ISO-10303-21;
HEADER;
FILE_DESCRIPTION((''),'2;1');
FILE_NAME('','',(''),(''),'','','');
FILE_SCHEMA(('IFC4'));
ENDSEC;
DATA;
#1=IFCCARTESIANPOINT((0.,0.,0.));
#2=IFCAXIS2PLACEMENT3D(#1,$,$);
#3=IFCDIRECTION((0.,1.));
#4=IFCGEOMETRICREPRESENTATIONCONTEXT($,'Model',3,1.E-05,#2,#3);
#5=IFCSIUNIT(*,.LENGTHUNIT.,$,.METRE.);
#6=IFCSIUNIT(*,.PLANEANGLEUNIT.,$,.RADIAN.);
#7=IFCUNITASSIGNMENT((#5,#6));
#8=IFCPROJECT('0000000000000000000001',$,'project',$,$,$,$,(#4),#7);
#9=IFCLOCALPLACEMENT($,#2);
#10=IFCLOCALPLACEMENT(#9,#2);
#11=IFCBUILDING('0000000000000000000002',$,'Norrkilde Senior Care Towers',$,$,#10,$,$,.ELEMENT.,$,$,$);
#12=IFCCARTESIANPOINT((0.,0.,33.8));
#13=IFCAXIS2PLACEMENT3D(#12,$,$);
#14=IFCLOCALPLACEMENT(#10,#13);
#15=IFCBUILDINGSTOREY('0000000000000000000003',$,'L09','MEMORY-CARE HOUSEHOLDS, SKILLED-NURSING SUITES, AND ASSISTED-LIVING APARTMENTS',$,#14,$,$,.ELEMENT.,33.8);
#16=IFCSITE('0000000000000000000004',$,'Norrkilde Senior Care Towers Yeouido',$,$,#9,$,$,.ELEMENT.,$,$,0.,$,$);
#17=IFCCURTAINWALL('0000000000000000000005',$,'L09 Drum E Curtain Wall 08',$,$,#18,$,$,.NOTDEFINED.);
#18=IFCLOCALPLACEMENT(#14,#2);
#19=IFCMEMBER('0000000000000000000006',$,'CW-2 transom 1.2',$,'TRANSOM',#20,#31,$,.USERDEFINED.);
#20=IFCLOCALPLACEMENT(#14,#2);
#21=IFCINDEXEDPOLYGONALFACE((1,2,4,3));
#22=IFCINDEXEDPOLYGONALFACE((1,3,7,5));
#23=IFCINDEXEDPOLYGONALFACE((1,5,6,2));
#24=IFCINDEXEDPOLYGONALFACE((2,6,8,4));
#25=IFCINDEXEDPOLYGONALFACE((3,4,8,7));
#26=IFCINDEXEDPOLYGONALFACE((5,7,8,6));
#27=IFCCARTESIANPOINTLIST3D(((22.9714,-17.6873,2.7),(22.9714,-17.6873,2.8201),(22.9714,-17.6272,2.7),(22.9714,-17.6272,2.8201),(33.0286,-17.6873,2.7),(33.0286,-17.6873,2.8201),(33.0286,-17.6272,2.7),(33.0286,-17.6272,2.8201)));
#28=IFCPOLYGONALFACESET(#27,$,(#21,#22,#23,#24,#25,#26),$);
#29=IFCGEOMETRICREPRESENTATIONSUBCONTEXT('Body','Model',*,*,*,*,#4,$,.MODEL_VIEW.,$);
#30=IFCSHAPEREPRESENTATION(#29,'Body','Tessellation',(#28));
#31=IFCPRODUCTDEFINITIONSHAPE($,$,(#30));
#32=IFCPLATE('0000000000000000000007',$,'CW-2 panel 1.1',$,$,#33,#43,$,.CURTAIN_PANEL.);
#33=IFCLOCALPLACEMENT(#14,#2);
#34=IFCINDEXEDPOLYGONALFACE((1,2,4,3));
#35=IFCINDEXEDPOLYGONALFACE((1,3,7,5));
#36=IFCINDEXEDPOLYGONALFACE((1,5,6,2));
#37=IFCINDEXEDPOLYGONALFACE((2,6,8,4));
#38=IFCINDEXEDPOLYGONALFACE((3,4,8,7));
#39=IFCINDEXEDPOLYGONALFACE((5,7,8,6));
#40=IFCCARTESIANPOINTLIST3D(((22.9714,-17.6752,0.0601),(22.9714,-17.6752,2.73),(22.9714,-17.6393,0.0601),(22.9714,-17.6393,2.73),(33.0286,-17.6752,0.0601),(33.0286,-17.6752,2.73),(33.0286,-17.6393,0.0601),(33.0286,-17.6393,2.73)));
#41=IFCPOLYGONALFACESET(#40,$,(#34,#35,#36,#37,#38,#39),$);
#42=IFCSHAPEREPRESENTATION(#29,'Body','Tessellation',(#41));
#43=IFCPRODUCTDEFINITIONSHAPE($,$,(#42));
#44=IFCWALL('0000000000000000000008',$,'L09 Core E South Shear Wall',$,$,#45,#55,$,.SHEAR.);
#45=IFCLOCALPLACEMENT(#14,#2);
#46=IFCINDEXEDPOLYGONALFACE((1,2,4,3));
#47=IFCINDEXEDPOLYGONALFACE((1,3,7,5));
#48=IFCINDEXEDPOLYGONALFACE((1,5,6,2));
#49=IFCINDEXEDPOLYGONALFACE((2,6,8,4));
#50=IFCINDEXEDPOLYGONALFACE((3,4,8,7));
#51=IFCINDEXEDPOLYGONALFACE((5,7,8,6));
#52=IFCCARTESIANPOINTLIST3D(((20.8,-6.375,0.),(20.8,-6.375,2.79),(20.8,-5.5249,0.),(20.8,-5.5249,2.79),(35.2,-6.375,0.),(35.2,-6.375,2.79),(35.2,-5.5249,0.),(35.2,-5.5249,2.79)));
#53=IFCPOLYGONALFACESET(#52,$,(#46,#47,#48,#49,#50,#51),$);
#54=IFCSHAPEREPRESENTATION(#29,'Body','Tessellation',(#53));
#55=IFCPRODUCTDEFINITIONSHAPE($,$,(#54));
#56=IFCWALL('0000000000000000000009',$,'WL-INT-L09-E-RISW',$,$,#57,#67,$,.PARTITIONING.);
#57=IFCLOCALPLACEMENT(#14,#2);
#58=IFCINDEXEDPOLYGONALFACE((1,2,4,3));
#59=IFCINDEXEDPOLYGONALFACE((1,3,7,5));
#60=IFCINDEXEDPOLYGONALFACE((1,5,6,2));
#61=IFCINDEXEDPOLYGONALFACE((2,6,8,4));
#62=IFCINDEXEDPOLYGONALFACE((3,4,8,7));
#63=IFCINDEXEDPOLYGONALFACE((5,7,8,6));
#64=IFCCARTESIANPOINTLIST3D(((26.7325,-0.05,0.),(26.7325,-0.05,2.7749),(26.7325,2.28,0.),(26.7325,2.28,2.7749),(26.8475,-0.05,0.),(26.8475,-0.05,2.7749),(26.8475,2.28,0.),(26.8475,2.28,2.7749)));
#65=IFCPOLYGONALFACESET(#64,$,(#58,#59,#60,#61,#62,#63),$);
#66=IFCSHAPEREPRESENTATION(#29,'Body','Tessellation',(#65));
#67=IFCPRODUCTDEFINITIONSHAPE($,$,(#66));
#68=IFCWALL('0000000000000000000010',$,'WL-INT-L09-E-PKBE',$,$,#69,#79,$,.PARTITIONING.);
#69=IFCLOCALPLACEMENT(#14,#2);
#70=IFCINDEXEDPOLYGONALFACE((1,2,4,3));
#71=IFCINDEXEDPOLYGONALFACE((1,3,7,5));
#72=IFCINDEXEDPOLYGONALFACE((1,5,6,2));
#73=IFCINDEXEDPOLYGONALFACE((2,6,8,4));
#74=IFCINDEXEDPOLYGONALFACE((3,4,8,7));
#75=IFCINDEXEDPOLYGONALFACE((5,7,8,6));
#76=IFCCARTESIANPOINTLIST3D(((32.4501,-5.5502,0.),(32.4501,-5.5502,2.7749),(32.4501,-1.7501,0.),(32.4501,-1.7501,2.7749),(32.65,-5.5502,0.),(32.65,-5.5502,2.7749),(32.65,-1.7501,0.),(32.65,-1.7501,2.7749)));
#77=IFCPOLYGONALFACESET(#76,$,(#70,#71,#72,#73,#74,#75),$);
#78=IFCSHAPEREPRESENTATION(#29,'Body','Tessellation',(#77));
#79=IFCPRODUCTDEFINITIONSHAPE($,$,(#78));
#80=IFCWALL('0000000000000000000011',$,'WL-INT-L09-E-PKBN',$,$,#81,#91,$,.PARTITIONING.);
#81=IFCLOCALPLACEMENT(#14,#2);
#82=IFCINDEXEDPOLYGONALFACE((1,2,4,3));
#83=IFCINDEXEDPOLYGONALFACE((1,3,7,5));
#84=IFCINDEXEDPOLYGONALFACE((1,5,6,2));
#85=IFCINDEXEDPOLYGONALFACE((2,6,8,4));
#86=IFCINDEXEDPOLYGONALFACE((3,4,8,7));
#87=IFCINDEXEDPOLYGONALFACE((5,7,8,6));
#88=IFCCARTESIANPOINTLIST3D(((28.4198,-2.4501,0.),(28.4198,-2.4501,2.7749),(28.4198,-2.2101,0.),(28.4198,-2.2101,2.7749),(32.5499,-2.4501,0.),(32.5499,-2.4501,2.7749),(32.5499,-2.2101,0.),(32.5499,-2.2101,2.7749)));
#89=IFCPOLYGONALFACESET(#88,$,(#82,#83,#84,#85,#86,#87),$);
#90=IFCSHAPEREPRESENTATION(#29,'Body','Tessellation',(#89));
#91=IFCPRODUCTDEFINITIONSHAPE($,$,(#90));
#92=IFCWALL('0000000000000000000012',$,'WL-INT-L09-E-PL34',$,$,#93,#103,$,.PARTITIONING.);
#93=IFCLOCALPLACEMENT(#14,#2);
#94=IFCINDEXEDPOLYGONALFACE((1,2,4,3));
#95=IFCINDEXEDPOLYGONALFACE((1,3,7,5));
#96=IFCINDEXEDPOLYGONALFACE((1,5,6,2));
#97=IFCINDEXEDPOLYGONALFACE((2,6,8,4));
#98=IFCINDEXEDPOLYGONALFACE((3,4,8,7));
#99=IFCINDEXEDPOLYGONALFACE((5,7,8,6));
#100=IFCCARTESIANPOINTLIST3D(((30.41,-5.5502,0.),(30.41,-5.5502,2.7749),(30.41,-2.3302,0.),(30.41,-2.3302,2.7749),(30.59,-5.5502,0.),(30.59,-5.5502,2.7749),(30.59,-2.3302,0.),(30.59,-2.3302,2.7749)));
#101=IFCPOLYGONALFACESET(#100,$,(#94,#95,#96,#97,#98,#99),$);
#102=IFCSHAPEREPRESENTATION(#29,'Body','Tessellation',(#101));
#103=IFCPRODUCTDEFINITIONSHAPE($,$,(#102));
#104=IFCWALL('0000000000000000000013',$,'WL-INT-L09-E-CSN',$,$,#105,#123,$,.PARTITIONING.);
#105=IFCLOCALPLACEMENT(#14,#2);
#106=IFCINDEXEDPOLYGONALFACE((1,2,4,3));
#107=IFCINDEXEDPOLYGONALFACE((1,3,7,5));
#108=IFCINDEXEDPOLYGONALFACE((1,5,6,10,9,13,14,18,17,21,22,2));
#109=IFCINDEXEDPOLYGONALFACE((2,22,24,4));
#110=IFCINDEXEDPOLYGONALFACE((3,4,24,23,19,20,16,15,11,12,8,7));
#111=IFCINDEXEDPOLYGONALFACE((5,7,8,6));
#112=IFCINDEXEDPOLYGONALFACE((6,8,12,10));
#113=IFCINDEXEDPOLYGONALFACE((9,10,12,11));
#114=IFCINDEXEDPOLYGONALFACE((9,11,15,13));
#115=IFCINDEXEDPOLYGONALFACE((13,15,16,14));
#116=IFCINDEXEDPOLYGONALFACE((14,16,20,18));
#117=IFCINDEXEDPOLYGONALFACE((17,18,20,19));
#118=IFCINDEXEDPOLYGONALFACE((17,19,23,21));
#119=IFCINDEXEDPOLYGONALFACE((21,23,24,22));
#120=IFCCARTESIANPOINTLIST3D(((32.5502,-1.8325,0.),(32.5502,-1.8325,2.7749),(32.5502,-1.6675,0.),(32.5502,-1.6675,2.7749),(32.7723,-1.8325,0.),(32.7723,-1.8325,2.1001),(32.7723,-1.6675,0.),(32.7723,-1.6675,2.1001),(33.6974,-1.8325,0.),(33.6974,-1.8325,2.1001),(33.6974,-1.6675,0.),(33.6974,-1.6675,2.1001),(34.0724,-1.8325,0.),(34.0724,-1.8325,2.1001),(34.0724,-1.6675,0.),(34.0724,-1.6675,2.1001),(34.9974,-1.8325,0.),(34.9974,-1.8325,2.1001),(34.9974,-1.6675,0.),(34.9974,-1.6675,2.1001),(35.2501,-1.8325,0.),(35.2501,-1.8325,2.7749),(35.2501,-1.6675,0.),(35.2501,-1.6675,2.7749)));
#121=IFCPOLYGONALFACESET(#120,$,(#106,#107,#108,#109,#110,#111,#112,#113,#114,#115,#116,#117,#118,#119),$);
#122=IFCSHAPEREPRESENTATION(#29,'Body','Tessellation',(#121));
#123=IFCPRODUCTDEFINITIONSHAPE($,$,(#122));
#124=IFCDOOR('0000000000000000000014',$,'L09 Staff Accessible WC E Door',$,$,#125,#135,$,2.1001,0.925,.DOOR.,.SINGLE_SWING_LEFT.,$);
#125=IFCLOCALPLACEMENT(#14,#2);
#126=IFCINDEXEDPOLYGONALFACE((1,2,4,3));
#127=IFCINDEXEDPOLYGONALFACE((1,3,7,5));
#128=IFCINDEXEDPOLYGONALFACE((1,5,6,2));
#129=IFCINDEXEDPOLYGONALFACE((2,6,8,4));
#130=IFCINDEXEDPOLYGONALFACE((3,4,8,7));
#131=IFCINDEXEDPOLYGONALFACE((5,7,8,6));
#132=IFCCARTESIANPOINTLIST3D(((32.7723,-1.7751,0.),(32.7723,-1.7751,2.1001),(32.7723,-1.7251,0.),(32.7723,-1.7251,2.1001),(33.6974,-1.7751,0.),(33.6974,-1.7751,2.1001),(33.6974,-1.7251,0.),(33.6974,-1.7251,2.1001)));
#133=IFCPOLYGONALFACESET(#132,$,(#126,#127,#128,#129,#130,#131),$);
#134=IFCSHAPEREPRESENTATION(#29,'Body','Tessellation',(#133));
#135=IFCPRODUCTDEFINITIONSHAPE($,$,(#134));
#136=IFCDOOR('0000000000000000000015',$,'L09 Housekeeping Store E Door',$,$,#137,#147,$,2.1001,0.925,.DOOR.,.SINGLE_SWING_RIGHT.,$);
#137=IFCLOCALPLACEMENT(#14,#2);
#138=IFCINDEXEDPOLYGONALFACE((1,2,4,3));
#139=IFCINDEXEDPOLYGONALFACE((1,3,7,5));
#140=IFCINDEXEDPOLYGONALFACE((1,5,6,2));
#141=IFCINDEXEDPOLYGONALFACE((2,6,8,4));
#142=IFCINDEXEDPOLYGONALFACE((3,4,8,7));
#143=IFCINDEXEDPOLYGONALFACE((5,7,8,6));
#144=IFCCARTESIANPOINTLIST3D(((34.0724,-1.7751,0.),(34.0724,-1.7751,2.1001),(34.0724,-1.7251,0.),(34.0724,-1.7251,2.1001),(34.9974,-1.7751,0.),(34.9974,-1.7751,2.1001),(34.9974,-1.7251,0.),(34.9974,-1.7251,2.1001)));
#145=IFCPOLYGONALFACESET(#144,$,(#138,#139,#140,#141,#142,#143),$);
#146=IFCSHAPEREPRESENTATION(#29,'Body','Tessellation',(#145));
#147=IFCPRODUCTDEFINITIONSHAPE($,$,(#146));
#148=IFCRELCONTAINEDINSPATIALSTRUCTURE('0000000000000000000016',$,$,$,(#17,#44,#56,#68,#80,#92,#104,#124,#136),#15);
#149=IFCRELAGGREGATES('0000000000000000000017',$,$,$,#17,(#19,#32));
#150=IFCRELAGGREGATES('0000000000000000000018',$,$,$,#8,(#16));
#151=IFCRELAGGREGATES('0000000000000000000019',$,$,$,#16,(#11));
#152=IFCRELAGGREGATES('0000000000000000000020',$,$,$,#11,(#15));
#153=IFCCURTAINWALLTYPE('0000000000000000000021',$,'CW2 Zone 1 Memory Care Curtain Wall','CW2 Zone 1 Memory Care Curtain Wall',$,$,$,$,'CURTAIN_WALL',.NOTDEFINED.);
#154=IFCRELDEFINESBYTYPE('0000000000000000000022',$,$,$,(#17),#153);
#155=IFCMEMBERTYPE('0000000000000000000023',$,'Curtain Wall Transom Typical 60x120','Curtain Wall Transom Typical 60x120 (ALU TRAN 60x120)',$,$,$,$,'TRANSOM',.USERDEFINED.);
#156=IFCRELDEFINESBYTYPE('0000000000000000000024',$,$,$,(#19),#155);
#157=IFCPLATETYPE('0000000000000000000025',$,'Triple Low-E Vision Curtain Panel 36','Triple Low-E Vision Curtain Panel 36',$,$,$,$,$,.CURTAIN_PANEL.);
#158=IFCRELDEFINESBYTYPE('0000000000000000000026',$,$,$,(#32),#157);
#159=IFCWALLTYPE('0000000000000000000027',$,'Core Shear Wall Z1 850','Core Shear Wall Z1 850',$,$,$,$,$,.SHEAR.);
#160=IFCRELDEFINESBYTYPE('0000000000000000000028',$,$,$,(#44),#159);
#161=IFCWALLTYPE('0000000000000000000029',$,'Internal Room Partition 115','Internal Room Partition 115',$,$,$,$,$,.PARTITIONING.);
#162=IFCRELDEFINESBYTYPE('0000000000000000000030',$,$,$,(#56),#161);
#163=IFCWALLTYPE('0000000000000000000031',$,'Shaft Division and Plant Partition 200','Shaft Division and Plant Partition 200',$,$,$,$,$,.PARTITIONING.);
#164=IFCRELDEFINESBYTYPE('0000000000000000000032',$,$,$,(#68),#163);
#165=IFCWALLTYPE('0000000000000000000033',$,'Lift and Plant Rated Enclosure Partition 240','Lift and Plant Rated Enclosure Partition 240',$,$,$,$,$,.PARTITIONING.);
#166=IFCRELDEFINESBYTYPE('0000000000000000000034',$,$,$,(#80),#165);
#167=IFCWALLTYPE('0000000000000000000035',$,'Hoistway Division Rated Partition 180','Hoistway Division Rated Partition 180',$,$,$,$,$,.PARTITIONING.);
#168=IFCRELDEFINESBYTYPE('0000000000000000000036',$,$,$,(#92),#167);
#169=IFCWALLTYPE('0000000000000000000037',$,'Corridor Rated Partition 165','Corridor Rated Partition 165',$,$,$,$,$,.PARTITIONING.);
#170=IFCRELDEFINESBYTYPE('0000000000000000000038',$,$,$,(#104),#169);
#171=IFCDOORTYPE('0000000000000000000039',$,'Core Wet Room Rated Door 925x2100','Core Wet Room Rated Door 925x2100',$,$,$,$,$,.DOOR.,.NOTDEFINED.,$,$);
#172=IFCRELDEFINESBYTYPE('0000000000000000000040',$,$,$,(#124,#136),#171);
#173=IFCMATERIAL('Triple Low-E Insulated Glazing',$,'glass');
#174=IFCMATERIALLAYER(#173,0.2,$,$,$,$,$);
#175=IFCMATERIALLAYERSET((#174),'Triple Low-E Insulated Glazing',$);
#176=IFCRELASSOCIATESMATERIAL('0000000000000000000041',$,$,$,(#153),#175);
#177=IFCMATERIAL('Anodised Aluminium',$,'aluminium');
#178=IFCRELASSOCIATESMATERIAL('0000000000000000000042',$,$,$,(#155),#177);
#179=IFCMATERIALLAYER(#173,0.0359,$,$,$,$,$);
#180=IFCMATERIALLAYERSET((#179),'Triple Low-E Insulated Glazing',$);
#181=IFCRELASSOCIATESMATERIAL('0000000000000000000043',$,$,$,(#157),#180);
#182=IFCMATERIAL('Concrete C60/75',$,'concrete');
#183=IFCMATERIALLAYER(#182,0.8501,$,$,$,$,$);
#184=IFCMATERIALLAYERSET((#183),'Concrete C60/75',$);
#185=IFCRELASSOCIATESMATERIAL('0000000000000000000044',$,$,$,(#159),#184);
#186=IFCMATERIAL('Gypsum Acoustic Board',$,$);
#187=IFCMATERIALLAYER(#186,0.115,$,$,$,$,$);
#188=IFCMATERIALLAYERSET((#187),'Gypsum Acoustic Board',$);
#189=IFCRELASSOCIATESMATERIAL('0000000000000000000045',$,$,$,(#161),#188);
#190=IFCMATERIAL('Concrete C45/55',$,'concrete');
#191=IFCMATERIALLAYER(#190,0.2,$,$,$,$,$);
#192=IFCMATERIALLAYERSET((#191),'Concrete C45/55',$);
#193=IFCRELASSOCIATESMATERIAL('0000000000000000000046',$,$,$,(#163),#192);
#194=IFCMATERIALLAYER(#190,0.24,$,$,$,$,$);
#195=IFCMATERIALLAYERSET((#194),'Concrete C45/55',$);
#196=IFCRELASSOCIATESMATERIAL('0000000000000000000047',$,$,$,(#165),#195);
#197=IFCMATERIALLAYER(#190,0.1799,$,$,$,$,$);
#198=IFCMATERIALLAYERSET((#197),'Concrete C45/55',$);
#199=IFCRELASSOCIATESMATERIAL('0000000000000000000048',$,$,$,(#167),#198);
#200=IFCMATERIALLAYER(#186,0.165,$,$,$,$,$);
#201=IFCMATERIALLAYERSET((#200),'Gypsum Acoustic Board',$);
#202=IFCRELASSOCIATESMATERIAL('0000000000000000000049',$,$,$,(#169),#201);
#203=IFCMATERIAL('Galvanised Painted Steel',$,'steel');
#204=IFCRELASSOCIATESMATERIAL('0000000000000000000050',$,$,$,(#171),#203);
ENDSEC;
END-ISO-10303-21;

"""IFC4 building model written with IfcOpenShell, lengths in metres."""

from ifc_helpers import new_model, si_unit, direction, frame, frame_2d, origin, origin_2d, place, context, subcontext, project, spatial, rectangle, extrude, source, transform, mapped, material, layer, layer_set, material_profile, profile_set, type_object, type_shapes, element, fill, aggregate, save


model = new_model("IFC4")

# Units and contexts
model_context = context("Model", 3, precision=1e-05, world=origin(), true_north=direction((0.0, 1.0)))
body_context = subcontext(model_context, "Body", "Model", "MODEL_VIEW")
ifc_project = project(units=[si_unit("LENGTHUNIT", "METRE"), si_unit("PLANEANGLEUNIT", "RADIAN")], contexts=[model_context])

# Site, building, storey
site_placement = place(None, origin())
site = spatial("IfcSite", under=ifc_project, at=site_placement, Name="Norrkilde Senior Care Towers Yeouido", CompositionType="ELEMENT", RefElevation=0.0)
building_placement = place(site_placement, origin())
building = spatial("IfcBuilding", under=site, at=building_placement, Name="Norrkilde Senior Care Towers", CompositionType="ELEMENT")
storey_placement = place(building_placement, frame((0.0, 0.0, 33.8)))
storey = spatial("IfcBuildingStorey", under=building, at=storey_placement, Name="L09", Description="MEMORY-CARE HOUSEHOLDS, SKILLED-NURSING SUITES, AND ASSISTED-LIVING APARTMENTS", CompositionType="ELEMENT", Elevation=33.8)

# Shared definitions
ifc_material_1 = material(Name="Concrete C60/75", Category="concrete")

# Curtain wall
ifc_material_2 = material(Name="Triple Low-E Insulated Glazing", Category="glass")
ifc_layer_1 = layer(ifc_material_2, 0.2)
ifc_layer_set_1 = layer_set([ifc_layer_1], Name="Triple Low-E Insulated Glazing")
curtain_wall_type = type_object("IfcCurtainWallType", Name="CW2 Zone 1 Memory Care Curtain Wall", Description="CW2 Zone 1 Memory Care Curtain Wall", ElementType="CURTAIN_WALL", PredefinedType="NOTDEFINED", material=ifc_layer_set_1)
curtain_wall_1_placement = place(storey_placement, origin())
curtain_wall_1 = element("IfcCurtainWall", 1, at=curtain_wall_1_placement, inside=storey, type_object=curtain_wall_type, Name="L09 Drum E Curtain Wall 08", PredefinedType="NOTDEFINED")
ifc_material_3 = material(Name="Anodised Aluminium", Category="aluminium")

# Member
ifc_material_profile_1 = material_profile(ifc_material_3, rectangle(XDim=0.0601, YDim=0.1201, at=origin_2d()), Name="ALU TRAN 60x120")
ifc_profile_set_1 = profile_set([ifc_material_profile_1], Name="Anodised Aluminium")
member_type_1 = type_object("IfcMemberType", Name="Curtain Wall Transom Typical 60x120", Description="Curtain Wall Transom Typical 60x120 (ALU TRAN 60x120)", ElementType="TRANSOM", PredefinedType="USERDEFINED", material=ifc_profile_set_1)
shared_shape_1 = source(origin(), body_context, "Body", "SweptSolid", [
    extrude(rectangle(XDim=0.0601, YDim=0.1201, at=origin_2d()), origin(), (0.0, 0.0, 1.0), 10.0571),
])
type_shapes(member_type_1, [shared_shape_1])
member_1_placement = place(storey_placement, frame((33.0286, -17.6572, 2.76), z_axis=(-1.0, 0.0, 0.0), x_axis=(0.0, -1.0, 0.0)))
member_1 = element("IfcMember", 2, at=member_1_placement, type_object=member_type_1, Name="CW-2 transom 1.2", ObjectType="TRANSOM", PredefinedType="USERDEFINED", context=body_context, shape_type="MappedRepresentation", body=[
    mapped(shared_shape_1, transform((0.0, 0.0, 0.0), x_axis=(1.0, 0.0, 0.0), y_axis=(0.0, 1.0, 0.0), z_axis=(0.0, 0.0, 1.0), scale=1.0)),
])

# Plate
ifc_layer_2 = layer(ifc_material_2, 0.0359)
ifc_layer_set_2 = layer_set([ifc_layer_2], Name="Triple Low-E Insulated Glazing")
plate_type = type_object("IfcPlateType", Name="Triple Low-E Vision Curtain Panel 36", Description="Triple Low-E Vision Curtain Panel 36", PredefinedType="CURTAIN_PANEL", material=ifc_layer_set_2)
shared_shape_2 = source(origin(), body_context, "Body", "SweptSolid", [
    extrude(rectangle(XDim=10.0571, YDim=0.0359, at=origin_2d()), origin(), (0.0, 0.0, 1.0), 2.6699),
])
type_shapes(plate_type, [shared_shape_2])
plate_placement = place(storey_placement, frame((28.0, -17.6572, 0.0601), z_axis=(0.0, 0.0, 1.0), x_axis=(-1.0, 0.0, 0.0)))
plate = element("IfcPlate", 3, at=plate_placement, type_object=plate_type, Name="CW-2 panel 1.1", PredefinedType="CURTAIN_PANEL", context=body_context, shape_type="MappedRepresentation", body=[
    mapped(shared_shape_2, transform((0.0, 0.0, 0.0), x_axis=(1.0, 0.0, 0.0), y_axis=(0.0, 1.0, 0.0), z_axis=(0.0, 0.0, 1.0), scale=1.0)),
])
aggregate(curtain_wall_1, [member_1, plate])

# Wall
ifc_layer_3 = layer(ifc_material_1, 0.8501)
ifc_layer_set_3 = layer_set([ifc_layer_3], Name="Concrete C60/75")
wall_type_1 = type_object("IfcWallType", Name="Core Shear Wall Z1 850", Description="Core Shear Wall Z1 850", PredefinedType="SHEAR", material=ifc_layer_set_3)
shared_shape_3 = source(origin(), body_context, "Body", "SweptSolid", [
    extrude(rectangle(XDim=14.3999, YDim=0.8501, at=frame_2d((7.2, 0.0))), origin(), (0.0, 0.0, 1.0), 2.79),
])
type_shapes(wall_type_1, [shared_shape_3])
wall_1_placement = place(storey_placement, frame((35.2, -5.95, 0.0), z_axis=(0.0, 0.0, 1.0), x_axis=(-1.0, 0.0, 0.0)))
element("IfcWall", 4, at=wall_1_placement, inside=storey, type_object=wall_type_1, Name="L09 Core E South Shear Wall", PredefinedType="SHEAR", context=body_context, shape_type="MappedRepresentation", body=[
    mapped(shared_shape_3, transform((0.0, 0.0, 0.0), x_axis=(1.0, 0.0, 0.0), y_axis=(0.0, 1.0, 0.0), z_axis=(0.0, 0.0, 1.0), scale=1.0)),
])

# Shared definitions
ifc_material_4 = material(Name="Concrete C45/55", Category="concrete")
ifc_material_5 = material(Name="Galvanised Painted Steel", Category="steel")

# Walls
ifc_material_6 = material(Name="Gypsum Acoustic Board")
ifc_layer_4 = layer(ifc_material_6, 0.115)
ifc_layer_set_4 = layer_set([ifc_layer_4], Name="Gypsum Acoustic Board")
wall_type_2 = type_object("IfcWallType", Name="Internal Room Partition 115", Description="Internal Room Partition 115", PredefinedType="PARTITIONING", material=ifc_layer_set_4)
shared_shape_4 = source(origin(), body_context, "Body", "SweptSolid", [
    extrude(rectangle(XDim=2.3301, YDim=0.115, at=frame_2d((1.165, 0.0))), origin(), (0.0, 0.0, 1.0), 2.7749),
])
wall_2_placement = place(storey_placement, frame((26.79, -0.05, 0.0), z_axis=(0.0, 0.0, 1.0), x_axis=(0.0, 1.0, 0.0)))
element("IfcWall", 5, at=wall_2_placement, inside=storey, type_object=wall_type_2, Name="WL-INT-L09-E-RISW", PredefinedType="PARTITIONING", context=body_context, shape_type="MappedRepresentation", body=[
    mapped(shared_shape_4, transform((0.0, 0.0, 0.0), x_axis=(1.0, 0.0, 0.0), y_axis=(0.0, 1.0, 0.0), z_axis=(0.0, 0.0, 1.0), scale=1.0)),
])
ifc_layer_5 = layer(ifc_material_4, 0.2)
ifc_layer_set_5 = layer_set([ifc_layer_5], Name="Concrete C45/55")
wall_type_3 = type_object("IfcWallType", Name="Shaft Division and Plant Partition 200", Description="Shaft Division and Plant Partition 200", PredefinedType="PARTITIONING", material=ifc_layer_set_5)
shared_shape_5 = source(origin(), body_context, "Body", "SweptSolid", [
    extrude(rectangle(XDim=3.8, YDim=0.2, at=frame_2d((1.8999, 0.0))), origin(), (0.0, 0.0, 1.0), 2.7749),
])
type_shapes(wall_type_3, [shared_shape_5])
wall_3_placement = place(storey_placement, frame((32.55, -5.55, 0.0), z_axis=(0.0, 0.0, 1.0), x_axis=(0.0, 1.0, 0.0)))
element("IfcWall", 6, at=wall_3_placement, inside=storey, type_object=wall_type_3, Name="WL-INT-L09-E-PKBE", PredefinedType="PARTITIONING", context=body_context, shape_type="MappedRepresentation", body=[
    mapped(shared_shape_5, transform((0.0, 0.0, 0.0), x_axis=(1.0, 0.0, 0.0), y_axis=(0.0, 1.0, 0.0), z_axis=(0.0, 0.0, 1.0), scale=1.0)),
])
ifc_layer_6 = layer(ifc_material_4, 0.24)
ifc_layer_set_6 = layer_set([ifc_layer_6], Name="Concrete C45/55")
wall_type_4 = type_object("IfcWallType", Name="Lift and Plant Rated Enclosure Partition 240", Description="Lift and Plant Rated Enclosure Partition 240", PredefinedType="PARTITIONING", material=ifc_layer_set_6)
shared_shape_6 = source(origin(), body_context, "Body", "SweptSolid", [
    extrude(rectangle(XDim=4.1301, YDim=0.24, at=frame_2d((2.0649, 0.0))), origin(), (0.0, 0.0, 1.0), 2.7749),
])
type_shapes(wall_type_4, [shared_shape_6])
wall_4_placement = place(storey_placement, frame((28.4199, -2.3301, 0.0), z_axis=(0.0, 0.0, 1.0), x_axis=(1.0, 0.0, 0.0)))
element("IfcWall", 7, at=wall_4_placement, inside=storey, type_object=wall_type_4, Name="WL-INT-L09-E-PKBN", PredefinedType="PARTITIONING", context=body_context, shape_type="MappedRepresentation", body=[
    mapped(shared_shape_6, transform((0.0, 0.0, 0.0), x_axis=(1.0, 0.0, 0.0), y_axis=(0.0, 1.0, 0.0), z_axis=(0.0, 0.0, 1.0), scale=1.0)),
])
ifc_layer_7 = layer(ifc_material_4, 0.1799)
ifc_layer_set_7 = layer_set([ifc_layer_7], Name="Concrete C45/55")
wall_type_5 = type_object("IfcWallType", Name="Hoistway Division Rated Partition 180", Description="Hoistway Division Rated Partition 180", PredefinedType="PARTITIONING", material=ifc_layer_set_7)
shared_shape_7 = source(origin(), body_context, "Body", "SweptSolid", [
    extrude(rectangle(XDim=3.22, YDim=0.1799, at=frame_2d((1.6099, 0.0))), origin(), (0.0, 0.0, 1.0), 2.7749),
])
type_shapes(wall_type_5, [shared_shape_7])
wall_5_placement = place(storey_placement, frame((30.5, -5.55, 0.0), z_axis=(0.0, 0.0, 1.0), x_axis=(0.0, 1.0, 0.0)))
element("IfcWall", 8, at=wall_5_placement, inside=storey, type_object=wall_type_5, Name="WL-INT-L09-E-PL34", PredefinedType="PARTITIONING", context=body_context, shape_type="MappedRepresentation", body=[
    mapped(shared_shape_7, transform((0.0, 0.0, 0.0), x_axis=(1.0, 0.0, 0.0), y_axis=(0.0, 1.0, 0.0), z_axis=(0.0, 0.0, 1.0), scale=1.0)),
])

# Wall, openings, doors
ifc_layer_8 = layer(ifc_material_6, 0.165)
ifc_layer_set_8 = layer_set([ifc_layer_8], Name="Gypsum Acoustic Board")
wall_type_6 = type_object("IfcWallType", Name="Corridor Rated Partition 165", Description="Corridor Rated Partition 165", PredefinedType="PARTITIONING", material=ifc_layer_set_8)
shared_shape_8 = source(origin(), body_context, "Body", "SweptSolid", [
    extrude(rectangle(XDim=2.7, YDim=0.165, at=frame_2d((1.3501, 0.0))), origin(), (0.0, 0.0, 1.0), 2.7749),
])
type_shapes(wall_type_6, [shared_shape_8])
wall_6_placement = place(storey_placement, frame((32.55, -1.75, 0.0), z_axis=(0.0, 0.0, 1.0), x_axis=(1.0, 0.0, 0.0)))
wall_6 = element("IfcWall", 9, at=wall_6_placement, inside=storey, type_object=wall_type_6, Name="WL-INT-L09-E-CSN", PredefinedType="PARTITIONING", context=body_context, shape_type="MappedRepresentation", body=[
    mapped(shared_shape_8, transform((0.0, 0.0, 0.0), x_axis=(1.0, 0.0, 0.0), y_axis=(0.0, 1.0, 0.0), z_axis=(0.0, 0.0, 1.0), scale=1.0)),
])
opening_1_placement = place(wall_6_placement, frame((0.2224, 0.0, 0.0)))
opening_1 = element("IfcOpeningElement", 10, at=opening_1_placement, cuts=wall_6, PredefinedType="OPENING", context=body_context, shape_type="SweptSolid", body=[
    extrude(rectangle(XDim=0.925, YDim=2.1001, at=frame_2d((0.4624, 1.05))), frame((0.0, 0.0925, 0.0), z_axis=(0.0, -1.0, 0.0), x_axis=(1.0, 0.0, 0.0)), (0.0, 0.0, 1.0), 0.1851),
])
opening_2_placement = place(wall_6_placement, frame((1.5225, 0.0, 0.0)))
opening_2 = element("IfcOpeningElement", 11, at=opening_2_placement, cuts=wall_6, PredefinedType="OPENING", context=body_context, shape_type="SweptSolid", body=[
    extrude(rectangle(XDim=0.925, YDim=2.1001, at=frame_2d((0.4624, 1.05))), frame((0.0, 0.0925, 0.0), z_axis=(0.0, -1.0, 0.0), x_axis=(1.0, 0.0, 0.0)), (0.0, 0.0, 1.0), 0.1851),
])
door_type_1 = type_object("IfcDoorType", Name="Core Wet Room Rated Door 925x2100", Description="Core Wet Room Rated Door 925x2100", OperationType="NOTDEFINED", PredefinedType="DOOR", material=ifc_material_5)
shared_shape_9 = source(origin(), body_context, "Body", "SweptSolid", [
    extrude(rectangle(XDim=0.925, YDim=2.1001, at=frame_2d((0.4624, 1.05))), frame((0.0, 0.0249, 0.0), z_axis=(0.0, -1.0, 0.0), x_axis=(1.0, 0.0, 0.0)), (0.0, 0.0, 1.0), 0.05),
])
type_shapes(door_type_1, [shared_shape_9])
door_1_placement = place(opening_1_placement, origin())
door_1 = element("IfcDoor", 12, at=door_1_placement, inside=storey, type_object=door_type_1, Name="L09 Staff Accessible WC E Door", OperationType="SINGLE_SWING_LEFT", OverallHeight=2.1001, OverallWidth=0.925, PredefinedType="DOOR", context=body_context, shape_type="MappedRepresentation", body=[
    mapped(shared_shape_9, transform((0.0, 0.0, 0.0), x_axis=(1.0, 0.0, 0.0), y_axis=(0.0, 1.0, 0.0), z_axis=(0.0, 0.0, 1.0), scale=1.0)),
])
fill(opening_1, door_1)
door_2_placement = place(opening_2_placement, origin())
door_2 = element("IfcDoor", 13, at=door_2_placement, inside=storey, type_object=door_type_1, Name="L09 Housekeeping Store E Door", OperationType="SINGLE_SWING_RIGHT", OverallHeight=2.1001, OverallWidth=0.925, PredefinedType="DOOR", context=body_context, shape_type="MappedRepresentation", body=[
    mapped(shared_shape_9, transform((0.0, 0.0, 0.0), x_axis=(1.0, 0.0, 0.0), y_axis=(0.0, 1.0, 0.0), z_axis=(0.0, 0.0, 1.0), scale=1.0)),
])
fill(opening_2, door_2)

save(model, "model.ifc")
